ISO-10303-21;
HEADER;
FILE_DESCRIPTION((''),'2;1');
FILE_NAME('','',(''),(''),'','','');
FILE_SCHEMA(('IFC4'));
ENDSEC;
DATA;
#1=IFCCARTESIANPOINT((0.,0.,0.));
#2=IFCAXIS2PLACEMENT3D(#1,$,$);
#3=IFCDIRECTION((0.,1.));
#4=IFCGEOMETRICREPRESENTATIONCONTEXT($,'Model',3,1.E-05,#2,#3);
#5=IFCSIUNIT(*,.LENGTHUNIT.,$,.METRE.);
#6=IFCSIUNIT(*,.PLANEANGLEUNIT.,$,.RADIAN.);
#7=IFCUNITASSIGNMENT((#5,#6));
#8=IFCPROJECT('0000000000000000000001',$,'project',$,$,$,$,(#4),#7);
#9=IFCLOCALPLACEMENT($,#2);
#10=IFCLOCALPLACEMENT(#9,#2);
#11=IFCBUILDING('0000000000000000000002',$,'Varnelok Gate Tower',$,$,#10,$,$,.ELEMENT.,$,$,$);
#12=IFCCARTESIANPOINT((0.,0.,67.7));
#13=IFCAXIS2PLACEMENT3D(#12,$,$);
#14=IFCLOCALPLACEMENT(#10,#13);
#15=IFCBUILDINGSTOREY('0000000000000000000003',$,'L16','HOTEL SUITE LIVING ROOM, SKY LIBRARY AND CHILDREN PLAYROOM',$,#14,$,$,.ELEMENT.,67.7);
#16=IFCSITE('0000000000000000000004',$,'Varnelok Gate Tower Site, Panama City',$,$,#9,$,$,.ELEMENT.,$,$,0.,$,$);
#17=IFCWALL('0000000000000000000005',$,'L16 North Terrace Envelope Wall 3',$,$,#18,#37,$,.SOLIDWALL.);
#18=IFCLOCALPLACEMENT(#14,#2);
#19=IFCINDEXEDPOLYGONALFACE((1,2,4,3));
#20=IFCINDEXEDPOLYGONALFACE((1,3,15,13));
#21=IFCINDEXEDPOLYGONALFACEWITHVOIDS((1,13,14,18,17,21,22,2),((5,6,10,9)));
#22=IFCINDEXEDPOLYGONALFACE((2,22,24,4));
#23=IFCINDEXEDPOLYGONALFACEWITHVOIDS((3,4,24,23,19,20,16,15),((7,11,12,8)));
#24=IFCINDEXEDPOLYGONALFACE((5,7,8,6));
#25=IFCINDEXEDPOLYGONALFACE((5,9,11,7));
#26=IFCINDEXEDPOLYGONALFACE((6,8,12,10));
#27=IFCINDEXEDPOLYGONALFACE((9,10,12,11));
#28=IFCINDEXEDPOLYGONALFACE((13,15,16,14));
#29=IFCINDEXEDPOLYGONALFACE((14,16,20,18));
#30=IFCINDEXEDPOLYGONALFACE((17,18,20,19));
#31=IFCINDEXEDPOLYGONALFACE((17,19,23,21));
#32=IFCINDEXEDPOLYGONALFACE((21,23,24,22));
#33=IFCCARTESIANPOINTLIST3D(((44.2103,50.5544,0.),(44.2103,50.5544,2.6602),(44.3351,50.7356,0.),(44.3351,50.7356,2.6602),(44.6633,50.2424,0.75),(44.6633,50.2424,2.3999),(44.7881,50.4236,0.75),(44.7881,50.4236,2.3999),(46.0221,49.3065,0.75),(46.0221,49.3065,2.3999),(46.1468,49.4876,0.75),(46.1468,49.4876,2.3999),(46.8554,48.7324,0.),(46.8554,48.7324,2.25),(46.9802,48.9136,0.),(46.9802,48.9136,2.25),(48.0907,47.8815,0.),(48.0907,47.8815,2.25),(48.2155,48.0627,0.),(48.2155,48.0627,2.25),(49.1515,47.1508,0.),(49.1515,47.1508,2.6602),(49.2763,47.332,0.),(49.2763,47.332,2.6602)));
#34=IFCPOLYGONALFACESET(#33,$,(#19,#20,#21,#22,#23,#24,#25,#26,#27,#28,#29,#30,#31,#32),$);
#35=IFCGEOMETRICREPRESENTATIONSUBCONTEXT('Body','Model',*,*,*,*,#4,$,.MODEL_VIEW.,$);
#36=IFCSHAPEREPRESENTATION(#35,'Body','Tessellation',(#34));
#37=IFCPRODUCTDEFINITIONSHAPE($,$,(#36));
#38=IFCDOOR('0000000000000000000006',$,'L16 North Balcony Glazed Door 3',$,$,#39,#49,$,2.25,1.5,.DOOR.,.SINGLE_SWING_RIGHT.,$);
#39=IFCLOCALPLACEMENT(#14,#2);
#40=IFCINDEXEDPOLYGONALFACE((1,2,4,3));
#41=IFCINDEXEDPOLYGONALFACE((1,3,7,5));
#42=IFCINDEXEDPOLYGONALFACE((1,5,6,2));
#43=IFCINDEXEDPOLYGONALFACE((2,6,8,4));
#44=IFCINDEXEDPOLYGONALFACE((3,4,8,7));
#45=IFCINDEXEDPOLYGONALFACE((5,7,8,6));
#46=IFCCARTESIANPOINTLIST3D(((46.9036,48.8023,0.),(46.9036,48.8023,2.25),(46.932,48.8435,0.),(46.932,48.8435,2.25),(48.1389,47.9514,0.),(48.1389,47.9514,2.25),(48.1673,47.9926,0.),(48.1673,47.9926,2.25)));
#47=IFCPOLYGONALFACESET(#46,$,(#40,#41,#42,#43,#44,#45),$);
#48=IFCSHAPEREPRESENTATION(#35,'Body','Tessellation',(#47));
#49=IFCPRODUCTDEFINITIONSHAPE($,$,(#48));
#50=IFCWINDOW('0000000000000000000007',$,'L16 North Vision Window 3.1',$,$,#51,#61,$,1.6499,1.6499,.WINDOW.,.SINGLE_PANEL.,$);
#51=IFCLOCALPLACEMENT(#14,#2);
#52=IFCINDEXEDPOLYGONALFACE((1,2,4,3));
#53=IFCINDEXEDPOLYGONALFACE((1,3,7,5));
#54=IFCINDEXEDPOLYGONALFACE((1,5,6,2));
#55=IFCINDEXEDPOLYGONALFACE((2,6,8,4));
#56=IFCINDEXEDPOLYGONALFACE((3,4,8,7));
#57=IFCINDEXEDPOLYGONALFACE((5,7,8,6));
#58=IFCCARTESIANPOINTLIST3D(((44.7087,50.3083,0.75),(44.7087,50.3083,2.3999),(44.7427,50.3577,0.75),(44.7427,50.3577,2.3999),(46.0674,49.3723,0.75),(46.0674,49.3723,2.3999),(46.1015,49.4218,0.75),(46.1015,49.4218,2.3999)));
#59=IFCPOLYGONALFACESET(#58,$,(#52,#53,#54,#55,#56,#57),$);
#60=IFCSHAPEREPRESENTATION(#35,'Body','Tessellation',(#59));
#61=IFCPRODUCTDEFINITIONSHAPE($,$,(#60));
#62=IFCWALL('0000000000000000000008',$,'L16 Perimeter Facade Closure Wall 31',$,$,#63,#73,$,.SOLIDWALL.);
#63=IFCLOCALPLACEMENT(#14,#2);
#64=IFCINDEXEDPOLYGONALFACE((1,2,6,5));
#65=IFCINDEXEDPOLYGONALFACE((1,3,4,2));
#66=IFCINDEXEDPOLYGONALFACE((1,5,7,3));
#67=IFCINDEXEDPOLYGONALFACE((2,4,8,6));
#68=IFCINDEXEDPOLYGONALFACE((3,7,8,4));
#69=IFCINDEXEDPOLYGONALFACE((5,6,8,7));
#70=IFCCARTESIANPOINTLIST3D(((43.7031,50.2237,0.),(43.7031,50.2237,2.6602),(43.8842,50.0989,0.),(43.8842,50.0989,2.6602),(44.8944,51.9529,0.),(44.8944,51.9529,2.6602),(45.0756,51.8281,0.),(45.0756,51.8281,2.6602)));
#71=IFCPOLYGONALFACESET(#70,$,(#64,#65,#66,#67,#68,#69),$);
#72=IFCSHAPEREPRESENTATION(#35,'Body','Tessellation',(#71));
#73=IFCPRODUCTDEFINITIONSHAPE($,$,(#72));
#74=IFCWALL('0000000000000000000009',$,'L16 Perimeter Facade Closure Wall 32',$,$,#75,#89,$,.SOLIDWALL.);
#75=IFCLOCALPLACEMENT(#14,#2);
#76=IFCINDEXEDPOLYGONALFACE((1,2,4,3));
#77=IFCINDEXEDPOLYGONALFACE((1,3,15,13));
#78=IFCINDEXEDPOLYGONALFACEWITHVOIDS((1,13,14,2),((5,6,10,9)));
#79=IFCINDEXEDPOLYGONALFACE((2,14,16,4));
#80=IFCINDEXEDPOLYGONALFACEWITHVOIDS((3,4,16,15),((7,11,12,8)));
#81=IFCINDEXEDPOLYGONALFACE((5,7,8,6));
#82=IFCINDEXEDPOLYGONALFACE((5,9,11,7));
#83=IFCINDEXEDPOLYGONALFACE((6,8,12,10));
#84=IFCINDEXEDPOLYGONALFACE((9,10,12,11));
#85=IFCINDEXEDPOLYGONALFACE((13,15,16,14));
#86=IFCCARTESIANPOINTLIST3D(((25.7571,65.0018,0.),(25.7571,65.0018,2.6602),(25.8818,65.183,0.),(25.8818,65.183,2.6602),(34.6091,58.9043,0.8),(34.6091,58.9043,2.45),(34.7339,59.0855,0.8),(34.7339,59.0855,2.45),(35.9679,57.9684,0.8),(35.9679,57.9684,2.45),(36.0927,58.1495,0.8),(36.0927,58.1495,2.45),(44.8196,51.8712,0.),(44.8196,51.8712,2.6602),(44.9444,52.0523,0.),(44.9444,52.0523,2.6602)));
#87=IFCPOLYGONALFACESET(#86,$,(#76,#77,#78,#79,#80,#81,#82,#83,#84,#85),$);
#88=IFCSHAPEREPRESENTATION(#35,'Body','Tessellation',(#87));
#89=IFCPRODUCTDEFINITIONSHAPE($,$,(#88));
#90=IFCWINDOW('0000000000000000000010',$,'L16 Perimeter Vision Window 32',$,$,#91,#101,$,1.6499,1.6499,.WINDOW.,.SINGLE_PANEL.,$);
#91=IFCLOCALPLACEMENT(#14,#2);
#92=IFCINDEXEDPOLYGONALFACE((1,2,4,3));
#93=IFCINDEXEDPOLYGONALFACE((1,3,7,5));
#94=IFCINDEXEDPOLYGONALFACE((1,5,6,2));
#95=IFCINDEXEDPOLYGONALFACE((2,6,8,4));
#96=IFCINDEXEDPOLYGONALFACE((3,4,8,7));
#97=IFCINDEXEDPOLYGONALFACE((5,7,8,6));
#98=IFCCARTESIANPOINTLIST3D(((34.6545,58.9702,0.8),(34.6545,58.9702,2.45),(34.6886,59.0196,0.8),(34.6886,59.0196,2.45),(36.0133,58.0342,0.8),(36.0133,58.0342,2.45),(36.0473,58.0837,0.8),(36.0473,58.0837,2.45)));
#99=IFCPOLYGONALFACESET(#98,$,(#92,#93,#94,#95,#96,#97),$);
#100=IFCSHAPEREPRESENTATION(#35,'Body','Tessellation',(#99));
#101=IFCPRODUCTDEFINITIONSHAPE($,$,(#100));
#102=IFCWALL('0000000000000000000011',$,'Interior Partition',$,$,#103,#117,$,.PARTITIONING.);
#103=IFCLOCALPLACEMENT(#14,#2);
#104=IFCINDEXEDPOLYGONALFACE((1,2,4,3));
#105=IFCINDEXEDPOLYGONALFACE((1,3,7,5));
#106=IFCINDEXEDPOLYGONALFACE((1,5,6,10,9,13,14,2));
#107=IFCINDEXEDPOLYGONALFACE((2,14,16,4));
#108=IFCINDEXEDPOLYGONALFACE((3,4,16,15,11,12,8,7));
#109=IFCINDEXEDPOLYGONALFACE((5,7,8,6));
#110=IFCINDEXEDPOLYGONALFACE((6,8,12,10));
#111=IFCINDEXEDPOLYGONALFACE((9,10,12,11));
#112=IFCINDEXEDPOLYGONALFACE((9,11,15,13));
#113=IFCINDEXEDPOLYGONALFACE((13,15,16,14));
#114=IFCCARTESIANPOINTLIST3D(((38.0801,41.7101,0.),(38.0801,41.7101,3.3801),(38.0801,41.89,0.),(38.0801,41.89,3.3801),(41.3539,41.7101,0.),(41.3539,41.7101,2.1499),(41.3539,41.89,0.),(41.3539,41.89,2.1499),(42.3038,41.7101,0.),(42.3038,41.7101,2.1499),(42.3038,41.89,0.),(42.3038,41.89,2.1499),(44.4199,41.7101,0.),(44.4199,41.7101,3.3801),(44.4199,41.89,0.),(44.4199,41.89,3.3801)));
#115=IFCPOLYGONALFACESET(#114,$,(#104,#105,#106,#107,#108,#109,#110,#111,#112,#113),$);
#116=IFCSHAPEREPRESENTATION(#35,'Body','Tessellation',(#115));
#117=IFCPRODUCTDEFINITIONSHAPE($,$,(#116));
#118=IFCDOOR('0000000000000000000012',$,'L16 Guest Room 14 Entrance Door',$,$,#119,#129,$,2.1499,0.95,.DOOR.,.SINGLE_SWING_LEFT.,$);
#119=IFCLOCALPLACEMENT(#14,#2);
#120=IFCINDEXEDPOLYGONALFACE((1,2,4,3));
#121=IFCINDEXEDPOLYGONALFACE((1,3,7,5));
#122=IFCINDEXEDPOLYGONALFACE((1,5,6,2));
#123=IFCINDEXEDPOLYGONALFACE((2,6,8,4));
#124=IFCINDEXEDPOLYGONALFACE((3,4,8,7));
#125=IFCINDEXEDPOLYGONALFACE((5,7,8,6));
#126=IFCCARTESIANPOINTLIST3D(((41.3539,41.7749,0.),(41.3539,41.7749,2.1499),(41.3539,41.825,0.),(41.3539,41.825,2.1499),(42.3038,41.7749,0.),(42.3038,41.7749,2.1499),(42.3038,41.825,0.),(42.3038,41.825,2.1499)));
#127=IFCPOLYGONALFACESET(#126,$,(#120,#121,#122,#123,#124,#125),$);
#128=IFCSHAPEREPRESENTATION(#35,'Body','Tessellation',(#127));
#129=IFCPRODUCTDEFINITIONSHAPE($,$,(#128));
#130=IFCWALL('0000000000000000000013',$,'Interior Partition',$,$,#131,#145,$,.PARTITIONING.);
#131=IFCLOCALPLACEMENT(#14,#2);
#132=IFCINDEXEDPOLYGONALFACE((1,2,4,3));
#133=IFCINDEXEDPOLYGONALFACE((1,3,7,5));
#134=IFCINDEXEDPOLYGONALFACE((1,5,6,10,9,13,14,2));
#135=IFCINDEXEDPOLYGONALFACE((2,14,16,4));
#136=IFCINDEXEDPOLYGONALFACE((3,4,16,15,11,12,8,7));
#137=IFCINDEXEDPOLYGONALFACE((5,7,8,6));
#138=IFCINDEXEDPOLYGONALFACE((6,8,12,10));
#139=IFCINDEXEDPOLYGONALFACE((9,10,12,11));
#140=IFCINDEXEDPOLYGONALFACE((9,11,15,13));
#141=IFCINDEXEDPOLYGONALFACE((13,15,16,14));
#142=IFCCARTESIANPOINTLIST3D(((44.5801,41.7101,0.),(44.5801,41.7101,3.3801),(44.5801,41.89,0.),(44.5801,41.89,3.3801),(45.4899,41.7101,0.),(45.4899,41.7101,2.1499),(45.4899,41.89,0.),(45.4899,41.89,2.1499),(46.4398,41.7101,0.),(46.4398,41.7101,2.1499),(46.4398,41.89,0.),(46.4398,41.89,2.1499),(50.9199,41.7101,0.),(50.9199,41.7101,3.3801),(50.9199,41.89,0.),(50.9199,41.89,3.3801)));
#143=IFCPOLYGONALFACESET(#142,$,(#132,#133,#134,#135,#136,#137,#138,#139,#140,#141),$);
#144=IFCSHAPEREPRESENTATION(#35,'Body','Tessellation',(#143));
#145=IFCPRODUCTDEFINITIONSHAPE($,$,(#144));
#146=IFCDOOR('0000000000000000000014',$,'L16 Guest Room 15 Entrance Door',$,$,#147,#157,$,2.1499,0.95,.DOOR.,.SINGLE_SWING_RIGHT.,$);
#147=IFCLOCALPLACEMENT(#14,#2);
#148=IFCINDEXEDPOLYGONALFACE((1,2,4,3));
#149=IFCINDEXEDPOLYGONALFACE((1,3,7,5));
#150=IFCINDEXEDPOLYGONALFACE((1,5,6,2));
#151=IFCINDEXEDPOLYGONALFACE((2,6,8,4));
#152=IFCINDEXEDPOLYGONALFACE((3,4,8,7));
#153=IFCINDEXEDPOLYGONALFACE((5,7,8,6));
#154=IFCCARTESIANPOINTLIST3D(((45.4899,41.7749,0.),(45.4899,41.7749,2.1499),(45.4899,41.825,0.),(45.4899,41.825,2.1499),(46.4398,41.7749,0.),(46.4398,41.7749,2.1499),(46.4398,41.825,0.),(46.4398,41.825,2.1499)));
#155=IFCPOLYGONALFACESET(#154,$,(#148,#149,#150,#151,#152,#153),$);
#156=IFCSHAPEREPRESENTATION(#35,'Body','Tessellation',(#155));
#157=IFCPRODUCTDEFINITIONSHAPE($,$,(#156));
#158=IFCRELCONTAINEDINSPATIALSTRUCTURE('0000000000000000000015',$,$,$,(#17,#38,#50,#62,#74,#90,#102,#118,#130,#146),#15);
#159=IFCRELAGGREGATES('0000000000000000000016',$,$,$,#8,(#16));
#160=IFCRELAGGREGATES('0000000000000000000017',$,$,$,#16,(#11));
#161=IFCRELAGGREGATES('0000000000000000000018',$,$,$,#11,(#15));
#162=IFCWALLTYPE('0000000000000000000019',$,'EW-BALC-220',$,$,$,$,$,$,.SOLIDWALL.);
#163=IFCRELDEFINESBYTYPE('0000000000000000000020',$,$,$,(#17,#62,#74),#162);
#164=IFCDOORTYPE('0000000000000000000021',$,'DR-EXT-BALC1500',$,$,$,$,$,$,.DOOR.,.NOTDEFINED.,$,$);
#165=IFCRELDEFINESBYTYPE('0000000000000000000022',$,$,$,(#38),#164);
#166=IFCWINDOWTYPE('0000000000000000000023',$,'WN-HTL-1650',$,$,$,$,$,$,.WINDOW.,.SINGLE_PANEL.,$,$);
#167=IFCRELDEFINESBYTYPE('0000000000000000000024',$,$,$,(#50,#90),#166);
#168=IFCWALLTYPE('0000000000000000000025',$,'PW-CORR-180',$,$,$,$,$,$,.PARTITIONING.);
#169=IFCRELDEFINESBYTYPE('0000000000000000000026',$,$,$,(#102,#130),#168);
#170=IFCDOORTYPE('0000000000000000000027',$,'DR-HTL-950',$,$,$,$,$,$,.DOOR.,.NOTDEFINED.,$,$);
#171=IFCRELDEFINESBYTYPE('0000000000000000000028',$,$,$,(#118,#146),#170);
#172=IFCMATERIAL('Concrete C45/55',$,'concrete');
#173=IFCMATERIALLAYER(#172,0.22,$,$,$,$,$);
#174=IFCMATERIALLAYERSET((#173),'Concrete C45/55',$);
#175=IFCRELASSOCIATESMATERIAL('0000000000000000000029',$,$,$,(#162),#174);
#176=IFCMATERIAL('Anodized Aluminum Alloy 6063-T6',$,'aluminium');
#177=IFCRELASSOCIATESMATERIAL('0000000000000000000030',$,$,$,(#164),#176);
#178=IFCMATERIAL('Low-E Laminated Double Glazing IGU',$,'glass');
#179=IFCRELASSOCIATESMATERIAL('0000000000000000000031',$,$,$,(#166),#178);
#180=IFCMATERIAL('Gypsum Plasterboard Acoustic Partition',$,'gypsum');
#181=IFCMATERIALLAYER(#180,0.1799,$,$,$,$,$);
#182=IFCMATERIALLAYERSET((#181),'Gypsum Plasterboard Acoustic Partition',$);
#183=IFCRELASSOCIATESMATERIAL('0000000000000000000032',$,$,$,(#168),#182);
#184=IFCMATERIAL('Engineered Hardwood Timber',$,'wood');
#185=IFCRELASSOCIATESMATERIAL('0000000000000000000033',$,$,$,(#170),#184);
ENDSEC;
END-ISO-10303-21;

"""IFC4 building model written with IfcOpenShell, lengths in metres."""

from ifc_helpers import new_model, si_unit, direction, frame, frame_2d, origin, place, context, subcontext, project, spatial, rectangle, extrude, material, layer, layer_set, type_object, element, fill, save


model = new_model("IFC4")

# Units and contexts
model_context = context("Model", 3, precision=1e-05, world=origin(), true_north=direction((0.0, 1.0)))
body_context = subcontext(model_context, "Body", "Model", "MODEL_VIEW")
ifc_project = project(units=[si_unit("LENGTHUNIT", "METRE"), si_unit("PLANEANGLEUNIT", "RADIAN")], contexts=[model_context])

# Site, building, storey
site_placement = place(None, origin())
site = spatial("IfcSite", under=ifc_project, at=site_placement, Name="Varnelok Gate Tower Site, Panama City", CompositionType="ELEMENT", RefElevation=0.0)
building_placement = place(site_placement, origin())
building = spatial("IfcBuilding", under=site, at=building_placement, Name="Varnelok Gate Tower", CompositionType="ELEMENT")
storey_placement = place(building_placement, frame((0.0, 0.0, 67.7)))
storey = spatial("IfcBuildingStorey", under=building, at=storey_placement, Name="L16", Description="HOTEL SUITE LIVING ROOM, SKY LIBRARY AND CHILDREN PLAYROOM", CompositionType="ELEMENT", Elevation=67.7)

# Wall, openings, door, window
ifc_material_1 = material(Name="Concrete C45/55", Category="concrete")
ifc_layer_1 = layer(ifc_material_1, 0.22)
ifc_layer_set_1 = layer_set([ifc_layer_1], Name="Concrete C45/55")
wall_type_1 = type_object("IfcWallType", Name="EW-BALC-220", PredefinedType="SOLIDWALL", material=ifc_layer_set_1)
wall_1_placement = place(storey_placement, frame((44.2727, 50.645, 0.0), z_axis=(0.0, 0.0, 1.0), x_axis=(0.823535, -0.567266, 0.0)))
wall_1 = element("IfcWall", 1, at=wall_1_placement, inside=storey, type_object=wall_type_1, Name="L16 North Terrace Envelope Wall 3", PredefinedType="SOLIDWALL", context=body_context, shape_type="SweptSolid", body=[
    extrude(rectangle(XDim=6.0, YDim=0.22, at=frame_2d((3.0, 0.0))), origin(), (0.0, 0.0, 1.0), 2.6602),
])
opening_1_placement = place(wall_1_placement, frame((3.2119, 0.0, 0.0)))
opening_1 = element("IfcOpeningElement", 2, at=opening_1_placement, cuts=wall_1, PredefinedType="OPENING", context=body_context, shape_type="SweptSolid", body=[
    extrude(rectangle(XDim=1.5, YDim=2.25, at=frame_2d((0.75, 1.125))), frame((0.0, 0.1199, 0.0), z_axis=(0.0, -1.0, 0.0), x_axis=(1.0, 0.0, 0.0)), (0.0, 0.0, 1.0), 0.24),
])
opening_2_placement = place(wall_1_placement, frame((0.55, 0.0, 0.75)))
opening_2 = element("IfcOpeningElement", 3, at=opening_2_placement, cuts=wall_1, PredefinedType="OPENING", context=body_context, shape_type="SweptSolid", body=[
    extrude(rectangle(XDim=1.6499, YDim=1.6499, at=frame_2d((0.825, 0.825))), frame((0.0, 0.1199, 0.0), z_axis=(0.0, -1.0, 0.0), x_axis=(1.0, 0.0, 0.0)), (0.0, 0.0, 1.0), 0.24),
])
ifc_material_2 = material(Name="Anodized Aluminum Alloy 6063-T6", Category="aluminium")
door_type_1 = type_object("IfcDoorType", Name="DR-EXT-BALC1500", OperationType="NOTDEFINED", PredefinedType="DOOR", material=ifc_material_2)
door_1_placement = place(opening_1_placement, origin())
door_1 = element("IfcDoor", 4, at=door_1_placement, inside=storey, type_object=door_type_1, Name="L16 North Balcony Glazed Door 3", OperationType="SINGLE_SWING_RIGHT", OverallHeight=2.25, OverallWidth=1.5, PredefinedType="DOOR", context=body_context, shape_type="SweptSolid", body=[
    extrude(rectangle(XDim=1.5, YDim=2.25, at=frame_2d((0.75, 1.125))), frame((0.0, 0.0249, 0.0), z_axis=(0.0, -1.0, 0.0), x_axis=(1.0, 0.0, 0.0)), (0.0, 0.0, 1.0), 0.05),
])
fill(opening_1, door_1)
ifc_material_3 = material(Name="Low-E Laminated Double Glazing IGU", Category="glass")
window_type = type_object("IfcWindowType", Name="WN-HTL-1650", PartitioningType="SINGLE_PANEL", PredefinedType="WINDOW", material=ifc_material_3)
window_1_placement = place(opening_2_placement, origin())
window_1 = element("IfcWindow", 5, at=window_1_placement, inside=storey, type_object=window_type, Name="L16 North Vision Window 3.1", OverallHeight=1.6499, OverallWidth=1.6499, PartitioningType="SINGLE_PANEL", PredefinedType="WINDOW", context=body_context, shape_type="SweptSolid", body=[
    extrude(rectangle(XDim=1.6499, YDim=1.6499, at=frame_2d((0.825, 0.825))), frame((0.0, 0.03, 0.0), z_axis=(0.0, -1.0, 0.0), x_axis=(1.0, 0.0, 0.0)), (0.0, 0.0, 1.0), 0.0601),
])
fill(opening_2, window_1)

# Wall
wall_2_placement = place(storey_placement, frame((43.7937, 50.1614, 0.0), z_axis=(0.0, 0.0, 1.0), x_axis=(0.567353, 0.823475, 0.0)))
element("IfcWall", 6, at=wall_2_placement, inside=storey, type_object=wall_type_1, Name="L16 Perimeter Facade Closure Wall 31", PredefinedType="SOLIDWALL", context=body_context, shape_type="SweptSolid", body=[
    extrude(rectangle(XDim=2.0999, YDim=0.22, at=frame_2d((1.0498, 0.0))), origin(), (0.0, 0.0, 1.0), 2.6602),
])

# Wall, opening, window
wall_3_placement = place(storey_placement, frame((44.8821, 51.9617, 0.0), z_axis=(0.0, 0.0, 1.0), x_axis=(-0.823534, 0.567266, 0.0)))
wall_3 = element("IfcWall", 7, at=wall_3_placement, inside=storey, type_object=wall_type_1, Name="L16 Perimeter Facade Closure Wall 32", PredefinedType="SOLIDWALL", context=body_context, shape_type="SweptSolid", body=[
    extrude(rectangle(XDim=23.1472, YDim=0.22, at=frame_2d((11.5737, 0.0))), origin(), (0.0, 0.0, 1.0), 2.6602),
])
opening_3_placement = place(wall_3_placement, frame((10.7485, 0.0, 0.8)))
opening_3 = element("IfcOpeningElement", 8, at=opening_3_placement, cuts=wall_3, PredefinedType="OPENING", context=body_context, shape_type="SweptSolid", body=[
    extrude(rectangle(XDim=1.6499, YDim=1.6499, at=frame_2d((0.825, 0.825))), frame((0.0, 0.1199, 0.0), z_axis=(0.0, -1.0, 0.0), x_axis=(1.0, 0.0, 0.0)), (0.0, 0.0, 1.0), 0.24),
])
window_2_placement = place(opening_3_placement, origin())
window_2 = element("IfcWindow", 9, at=window_2_placement, inside=storey, type_object=window_type, Name="L16 Perimeter Vision Window 32", OverallHeight=1.6499, OverallWidth=1.6499, PartitioningType="SINGLE_PANEL", PredefinedType="WINDOW", context=body_context, shape_type="SweptSolid", body=[
    extrude(rectangle(XDim=1.6499, YDim=1.6499, at=frame_2d((0.825, 0.825))), frame((0.0, 0.03, 0.0), z_axis=(0.0, -1.0, 0.0), x_axis=(1.0, 0.0, 0.0)), (0.0, 0.0, 1.0), 0.0601),
])
fill(opening_3, window_2)

# Walls, openings, doors
ifc_material_4 = material(Name="Gypsum Plasterboard Acoustic Partition", Category="gypsum")
ifc_layer_2 = layer(ifc_material_4, 0.1799)
ifc_layer_set_2 = layer_set([ifc_layer_2], Name="Gypsum Plasterboard Acoustic Partition")
wall_type_2 = type_object("IfcWallType", Name="PW-CORR-180", PredefinedType="PARTITIONING", material=ifc_layer_set_2)
wall_4_placement = place(storey_placement, frame((38.0801, 41.8, 0.0), z_axis=(0.0, 0.0, 1.0), x_axis=(1.0, 0.0, 0.0)))
wall_4 = element("IfcWall", 10, at=wall_4_placement, inside=storey, type_object=wall_type_2, Name="Interior Partition", PredefinedType="PARTITIONING", context=body_context, shape_type="SweptSolid", body=[
    extrude(rectangle(XDim=6.3398, YDim=0.1799, at=frame_2d((3.1699, 0.0))), origin(), (0.0, 0.0, 1.0), 3.3801),
])
opening_4_placement = place(wall_4_placement, frame((3.2737, 0.0, 0.0)))
opening_4 = element("IfcOpeningElement", 11, at=opening_4_placement, cuts=wall_4, PredefinedType="OPENING", context=body_context, shape_type="SweptSolid", body=[
    extrude(rectangle(XDim=0.95, YDim=2.1499, at=frame_2d((0.4751, 1.075))), frame((0.0, 0.0999, 0.0), z_axis=(0.0, -1.0, 0.0), x_axis=(1.0, 0.0, 0.0)), (0.0, 0.0, 1.0), 0.2),
])
ifc_material_5 = material(Name="Engineered Hardwood Timber", Category="wood")
door_type_2 = type_object("IfcDoorType", Name="DR-HTL-950", OperationType="NOTDEFINED", PredefinedType="DOOR", material=ifc_material_5)
door_2_placement = place(opening_4_placement, origin())
door_2 = element("IfcDoor", 12, at=door_2_placement, inside=storey, type_object=door_type_2, Name="L16 Guest Room 14 Entrance Door", OperationType="SINGLE_SWING_LEFT", OverallHeight=2.1499, OverallWidth=0.95, PredefinedType="DOOR", context=body_context, shape_type="SweptSolid", body=[
    extrude(rectangle(XDim=0.95, YDim=2.1499, at=frame_2d((0.4751, 1.075))), frame((0.0, 0.0249, 0.0), z_axis=(0.0, -1.0, 0.0), x_axis=(1.0, 0.0, 0.0)), (0.0, 0.0, 1.0), 0.05),
])
fill(opening_4, door_2)
wall_5_placement = place(storey_placement, frame((44.5801, 41.8, 0.0), z_axis=(0.0, 0.0, 1.0), x_axis=(1.0, 0.0, 0.0)))
wall_5 = element("IfcWall", 13, at=wall_5_placement, inside=storey, type_object=wall_type_2, Name="Interior Partition", PredefinedType="PARTITIONING", context=body_context, shape_type="SweptSolid", body=[
    extrude(rectangle(XDim=6.3398, YDim=0.1799, at=frame_2d((3.1699, 0.0))), origin(), (0.0, 0.0, 1.0), 3.3801),
])
opening_5_placement = place(wall_5_placement, frame((0.9097, 0.0, 0.0)))
opening_5 = element("IfcOpeningElement", 14, at=opening_5_placement, cuts=wall_5, PredefinedType="OPENING", context=body_context, shape_type="SweptSolid", body=[
    extrude(rectangle(XDim=0.95, YDim=2.1499, at=frame_2d((0.4751, 1.075))), frame((0.0, 0.0999, 0.0), z_axis=(0.0, -1.0, 0.0), x_axis=(1.0, 0.0, 0.0)), (0.0, 0.0, 1.0), 0.2),
])
door_3_placement = place(opening_5_placement, origin())
door_3 = element("IfcDoor", 15, at=door_3_placement, inside=storey, type_object=door_type_2, Name="L16 Guest Room 15 Entrance Door", OperationType="SINGLE_SWING_RIGHT", OverallHeight=2.1499, OverallWidth=0.95, PredefinedType="DOOR", context=body_context, shape_type="SweptSolid", body=[
    extrude(rectangle(XDim=0.95, YDim=2.1499, at=frame_2d((0.4751, 1.075))), frame((0.0, 0.0249, 0.0), z_axis=(0.0, -1.0, 0.0), x_axis=(1.0, 0.0, 0.0)), (0.0, 0.0, 1.0), 0.05),
])
fill(opening_5, door_3)

save(model, "model.ifc")
